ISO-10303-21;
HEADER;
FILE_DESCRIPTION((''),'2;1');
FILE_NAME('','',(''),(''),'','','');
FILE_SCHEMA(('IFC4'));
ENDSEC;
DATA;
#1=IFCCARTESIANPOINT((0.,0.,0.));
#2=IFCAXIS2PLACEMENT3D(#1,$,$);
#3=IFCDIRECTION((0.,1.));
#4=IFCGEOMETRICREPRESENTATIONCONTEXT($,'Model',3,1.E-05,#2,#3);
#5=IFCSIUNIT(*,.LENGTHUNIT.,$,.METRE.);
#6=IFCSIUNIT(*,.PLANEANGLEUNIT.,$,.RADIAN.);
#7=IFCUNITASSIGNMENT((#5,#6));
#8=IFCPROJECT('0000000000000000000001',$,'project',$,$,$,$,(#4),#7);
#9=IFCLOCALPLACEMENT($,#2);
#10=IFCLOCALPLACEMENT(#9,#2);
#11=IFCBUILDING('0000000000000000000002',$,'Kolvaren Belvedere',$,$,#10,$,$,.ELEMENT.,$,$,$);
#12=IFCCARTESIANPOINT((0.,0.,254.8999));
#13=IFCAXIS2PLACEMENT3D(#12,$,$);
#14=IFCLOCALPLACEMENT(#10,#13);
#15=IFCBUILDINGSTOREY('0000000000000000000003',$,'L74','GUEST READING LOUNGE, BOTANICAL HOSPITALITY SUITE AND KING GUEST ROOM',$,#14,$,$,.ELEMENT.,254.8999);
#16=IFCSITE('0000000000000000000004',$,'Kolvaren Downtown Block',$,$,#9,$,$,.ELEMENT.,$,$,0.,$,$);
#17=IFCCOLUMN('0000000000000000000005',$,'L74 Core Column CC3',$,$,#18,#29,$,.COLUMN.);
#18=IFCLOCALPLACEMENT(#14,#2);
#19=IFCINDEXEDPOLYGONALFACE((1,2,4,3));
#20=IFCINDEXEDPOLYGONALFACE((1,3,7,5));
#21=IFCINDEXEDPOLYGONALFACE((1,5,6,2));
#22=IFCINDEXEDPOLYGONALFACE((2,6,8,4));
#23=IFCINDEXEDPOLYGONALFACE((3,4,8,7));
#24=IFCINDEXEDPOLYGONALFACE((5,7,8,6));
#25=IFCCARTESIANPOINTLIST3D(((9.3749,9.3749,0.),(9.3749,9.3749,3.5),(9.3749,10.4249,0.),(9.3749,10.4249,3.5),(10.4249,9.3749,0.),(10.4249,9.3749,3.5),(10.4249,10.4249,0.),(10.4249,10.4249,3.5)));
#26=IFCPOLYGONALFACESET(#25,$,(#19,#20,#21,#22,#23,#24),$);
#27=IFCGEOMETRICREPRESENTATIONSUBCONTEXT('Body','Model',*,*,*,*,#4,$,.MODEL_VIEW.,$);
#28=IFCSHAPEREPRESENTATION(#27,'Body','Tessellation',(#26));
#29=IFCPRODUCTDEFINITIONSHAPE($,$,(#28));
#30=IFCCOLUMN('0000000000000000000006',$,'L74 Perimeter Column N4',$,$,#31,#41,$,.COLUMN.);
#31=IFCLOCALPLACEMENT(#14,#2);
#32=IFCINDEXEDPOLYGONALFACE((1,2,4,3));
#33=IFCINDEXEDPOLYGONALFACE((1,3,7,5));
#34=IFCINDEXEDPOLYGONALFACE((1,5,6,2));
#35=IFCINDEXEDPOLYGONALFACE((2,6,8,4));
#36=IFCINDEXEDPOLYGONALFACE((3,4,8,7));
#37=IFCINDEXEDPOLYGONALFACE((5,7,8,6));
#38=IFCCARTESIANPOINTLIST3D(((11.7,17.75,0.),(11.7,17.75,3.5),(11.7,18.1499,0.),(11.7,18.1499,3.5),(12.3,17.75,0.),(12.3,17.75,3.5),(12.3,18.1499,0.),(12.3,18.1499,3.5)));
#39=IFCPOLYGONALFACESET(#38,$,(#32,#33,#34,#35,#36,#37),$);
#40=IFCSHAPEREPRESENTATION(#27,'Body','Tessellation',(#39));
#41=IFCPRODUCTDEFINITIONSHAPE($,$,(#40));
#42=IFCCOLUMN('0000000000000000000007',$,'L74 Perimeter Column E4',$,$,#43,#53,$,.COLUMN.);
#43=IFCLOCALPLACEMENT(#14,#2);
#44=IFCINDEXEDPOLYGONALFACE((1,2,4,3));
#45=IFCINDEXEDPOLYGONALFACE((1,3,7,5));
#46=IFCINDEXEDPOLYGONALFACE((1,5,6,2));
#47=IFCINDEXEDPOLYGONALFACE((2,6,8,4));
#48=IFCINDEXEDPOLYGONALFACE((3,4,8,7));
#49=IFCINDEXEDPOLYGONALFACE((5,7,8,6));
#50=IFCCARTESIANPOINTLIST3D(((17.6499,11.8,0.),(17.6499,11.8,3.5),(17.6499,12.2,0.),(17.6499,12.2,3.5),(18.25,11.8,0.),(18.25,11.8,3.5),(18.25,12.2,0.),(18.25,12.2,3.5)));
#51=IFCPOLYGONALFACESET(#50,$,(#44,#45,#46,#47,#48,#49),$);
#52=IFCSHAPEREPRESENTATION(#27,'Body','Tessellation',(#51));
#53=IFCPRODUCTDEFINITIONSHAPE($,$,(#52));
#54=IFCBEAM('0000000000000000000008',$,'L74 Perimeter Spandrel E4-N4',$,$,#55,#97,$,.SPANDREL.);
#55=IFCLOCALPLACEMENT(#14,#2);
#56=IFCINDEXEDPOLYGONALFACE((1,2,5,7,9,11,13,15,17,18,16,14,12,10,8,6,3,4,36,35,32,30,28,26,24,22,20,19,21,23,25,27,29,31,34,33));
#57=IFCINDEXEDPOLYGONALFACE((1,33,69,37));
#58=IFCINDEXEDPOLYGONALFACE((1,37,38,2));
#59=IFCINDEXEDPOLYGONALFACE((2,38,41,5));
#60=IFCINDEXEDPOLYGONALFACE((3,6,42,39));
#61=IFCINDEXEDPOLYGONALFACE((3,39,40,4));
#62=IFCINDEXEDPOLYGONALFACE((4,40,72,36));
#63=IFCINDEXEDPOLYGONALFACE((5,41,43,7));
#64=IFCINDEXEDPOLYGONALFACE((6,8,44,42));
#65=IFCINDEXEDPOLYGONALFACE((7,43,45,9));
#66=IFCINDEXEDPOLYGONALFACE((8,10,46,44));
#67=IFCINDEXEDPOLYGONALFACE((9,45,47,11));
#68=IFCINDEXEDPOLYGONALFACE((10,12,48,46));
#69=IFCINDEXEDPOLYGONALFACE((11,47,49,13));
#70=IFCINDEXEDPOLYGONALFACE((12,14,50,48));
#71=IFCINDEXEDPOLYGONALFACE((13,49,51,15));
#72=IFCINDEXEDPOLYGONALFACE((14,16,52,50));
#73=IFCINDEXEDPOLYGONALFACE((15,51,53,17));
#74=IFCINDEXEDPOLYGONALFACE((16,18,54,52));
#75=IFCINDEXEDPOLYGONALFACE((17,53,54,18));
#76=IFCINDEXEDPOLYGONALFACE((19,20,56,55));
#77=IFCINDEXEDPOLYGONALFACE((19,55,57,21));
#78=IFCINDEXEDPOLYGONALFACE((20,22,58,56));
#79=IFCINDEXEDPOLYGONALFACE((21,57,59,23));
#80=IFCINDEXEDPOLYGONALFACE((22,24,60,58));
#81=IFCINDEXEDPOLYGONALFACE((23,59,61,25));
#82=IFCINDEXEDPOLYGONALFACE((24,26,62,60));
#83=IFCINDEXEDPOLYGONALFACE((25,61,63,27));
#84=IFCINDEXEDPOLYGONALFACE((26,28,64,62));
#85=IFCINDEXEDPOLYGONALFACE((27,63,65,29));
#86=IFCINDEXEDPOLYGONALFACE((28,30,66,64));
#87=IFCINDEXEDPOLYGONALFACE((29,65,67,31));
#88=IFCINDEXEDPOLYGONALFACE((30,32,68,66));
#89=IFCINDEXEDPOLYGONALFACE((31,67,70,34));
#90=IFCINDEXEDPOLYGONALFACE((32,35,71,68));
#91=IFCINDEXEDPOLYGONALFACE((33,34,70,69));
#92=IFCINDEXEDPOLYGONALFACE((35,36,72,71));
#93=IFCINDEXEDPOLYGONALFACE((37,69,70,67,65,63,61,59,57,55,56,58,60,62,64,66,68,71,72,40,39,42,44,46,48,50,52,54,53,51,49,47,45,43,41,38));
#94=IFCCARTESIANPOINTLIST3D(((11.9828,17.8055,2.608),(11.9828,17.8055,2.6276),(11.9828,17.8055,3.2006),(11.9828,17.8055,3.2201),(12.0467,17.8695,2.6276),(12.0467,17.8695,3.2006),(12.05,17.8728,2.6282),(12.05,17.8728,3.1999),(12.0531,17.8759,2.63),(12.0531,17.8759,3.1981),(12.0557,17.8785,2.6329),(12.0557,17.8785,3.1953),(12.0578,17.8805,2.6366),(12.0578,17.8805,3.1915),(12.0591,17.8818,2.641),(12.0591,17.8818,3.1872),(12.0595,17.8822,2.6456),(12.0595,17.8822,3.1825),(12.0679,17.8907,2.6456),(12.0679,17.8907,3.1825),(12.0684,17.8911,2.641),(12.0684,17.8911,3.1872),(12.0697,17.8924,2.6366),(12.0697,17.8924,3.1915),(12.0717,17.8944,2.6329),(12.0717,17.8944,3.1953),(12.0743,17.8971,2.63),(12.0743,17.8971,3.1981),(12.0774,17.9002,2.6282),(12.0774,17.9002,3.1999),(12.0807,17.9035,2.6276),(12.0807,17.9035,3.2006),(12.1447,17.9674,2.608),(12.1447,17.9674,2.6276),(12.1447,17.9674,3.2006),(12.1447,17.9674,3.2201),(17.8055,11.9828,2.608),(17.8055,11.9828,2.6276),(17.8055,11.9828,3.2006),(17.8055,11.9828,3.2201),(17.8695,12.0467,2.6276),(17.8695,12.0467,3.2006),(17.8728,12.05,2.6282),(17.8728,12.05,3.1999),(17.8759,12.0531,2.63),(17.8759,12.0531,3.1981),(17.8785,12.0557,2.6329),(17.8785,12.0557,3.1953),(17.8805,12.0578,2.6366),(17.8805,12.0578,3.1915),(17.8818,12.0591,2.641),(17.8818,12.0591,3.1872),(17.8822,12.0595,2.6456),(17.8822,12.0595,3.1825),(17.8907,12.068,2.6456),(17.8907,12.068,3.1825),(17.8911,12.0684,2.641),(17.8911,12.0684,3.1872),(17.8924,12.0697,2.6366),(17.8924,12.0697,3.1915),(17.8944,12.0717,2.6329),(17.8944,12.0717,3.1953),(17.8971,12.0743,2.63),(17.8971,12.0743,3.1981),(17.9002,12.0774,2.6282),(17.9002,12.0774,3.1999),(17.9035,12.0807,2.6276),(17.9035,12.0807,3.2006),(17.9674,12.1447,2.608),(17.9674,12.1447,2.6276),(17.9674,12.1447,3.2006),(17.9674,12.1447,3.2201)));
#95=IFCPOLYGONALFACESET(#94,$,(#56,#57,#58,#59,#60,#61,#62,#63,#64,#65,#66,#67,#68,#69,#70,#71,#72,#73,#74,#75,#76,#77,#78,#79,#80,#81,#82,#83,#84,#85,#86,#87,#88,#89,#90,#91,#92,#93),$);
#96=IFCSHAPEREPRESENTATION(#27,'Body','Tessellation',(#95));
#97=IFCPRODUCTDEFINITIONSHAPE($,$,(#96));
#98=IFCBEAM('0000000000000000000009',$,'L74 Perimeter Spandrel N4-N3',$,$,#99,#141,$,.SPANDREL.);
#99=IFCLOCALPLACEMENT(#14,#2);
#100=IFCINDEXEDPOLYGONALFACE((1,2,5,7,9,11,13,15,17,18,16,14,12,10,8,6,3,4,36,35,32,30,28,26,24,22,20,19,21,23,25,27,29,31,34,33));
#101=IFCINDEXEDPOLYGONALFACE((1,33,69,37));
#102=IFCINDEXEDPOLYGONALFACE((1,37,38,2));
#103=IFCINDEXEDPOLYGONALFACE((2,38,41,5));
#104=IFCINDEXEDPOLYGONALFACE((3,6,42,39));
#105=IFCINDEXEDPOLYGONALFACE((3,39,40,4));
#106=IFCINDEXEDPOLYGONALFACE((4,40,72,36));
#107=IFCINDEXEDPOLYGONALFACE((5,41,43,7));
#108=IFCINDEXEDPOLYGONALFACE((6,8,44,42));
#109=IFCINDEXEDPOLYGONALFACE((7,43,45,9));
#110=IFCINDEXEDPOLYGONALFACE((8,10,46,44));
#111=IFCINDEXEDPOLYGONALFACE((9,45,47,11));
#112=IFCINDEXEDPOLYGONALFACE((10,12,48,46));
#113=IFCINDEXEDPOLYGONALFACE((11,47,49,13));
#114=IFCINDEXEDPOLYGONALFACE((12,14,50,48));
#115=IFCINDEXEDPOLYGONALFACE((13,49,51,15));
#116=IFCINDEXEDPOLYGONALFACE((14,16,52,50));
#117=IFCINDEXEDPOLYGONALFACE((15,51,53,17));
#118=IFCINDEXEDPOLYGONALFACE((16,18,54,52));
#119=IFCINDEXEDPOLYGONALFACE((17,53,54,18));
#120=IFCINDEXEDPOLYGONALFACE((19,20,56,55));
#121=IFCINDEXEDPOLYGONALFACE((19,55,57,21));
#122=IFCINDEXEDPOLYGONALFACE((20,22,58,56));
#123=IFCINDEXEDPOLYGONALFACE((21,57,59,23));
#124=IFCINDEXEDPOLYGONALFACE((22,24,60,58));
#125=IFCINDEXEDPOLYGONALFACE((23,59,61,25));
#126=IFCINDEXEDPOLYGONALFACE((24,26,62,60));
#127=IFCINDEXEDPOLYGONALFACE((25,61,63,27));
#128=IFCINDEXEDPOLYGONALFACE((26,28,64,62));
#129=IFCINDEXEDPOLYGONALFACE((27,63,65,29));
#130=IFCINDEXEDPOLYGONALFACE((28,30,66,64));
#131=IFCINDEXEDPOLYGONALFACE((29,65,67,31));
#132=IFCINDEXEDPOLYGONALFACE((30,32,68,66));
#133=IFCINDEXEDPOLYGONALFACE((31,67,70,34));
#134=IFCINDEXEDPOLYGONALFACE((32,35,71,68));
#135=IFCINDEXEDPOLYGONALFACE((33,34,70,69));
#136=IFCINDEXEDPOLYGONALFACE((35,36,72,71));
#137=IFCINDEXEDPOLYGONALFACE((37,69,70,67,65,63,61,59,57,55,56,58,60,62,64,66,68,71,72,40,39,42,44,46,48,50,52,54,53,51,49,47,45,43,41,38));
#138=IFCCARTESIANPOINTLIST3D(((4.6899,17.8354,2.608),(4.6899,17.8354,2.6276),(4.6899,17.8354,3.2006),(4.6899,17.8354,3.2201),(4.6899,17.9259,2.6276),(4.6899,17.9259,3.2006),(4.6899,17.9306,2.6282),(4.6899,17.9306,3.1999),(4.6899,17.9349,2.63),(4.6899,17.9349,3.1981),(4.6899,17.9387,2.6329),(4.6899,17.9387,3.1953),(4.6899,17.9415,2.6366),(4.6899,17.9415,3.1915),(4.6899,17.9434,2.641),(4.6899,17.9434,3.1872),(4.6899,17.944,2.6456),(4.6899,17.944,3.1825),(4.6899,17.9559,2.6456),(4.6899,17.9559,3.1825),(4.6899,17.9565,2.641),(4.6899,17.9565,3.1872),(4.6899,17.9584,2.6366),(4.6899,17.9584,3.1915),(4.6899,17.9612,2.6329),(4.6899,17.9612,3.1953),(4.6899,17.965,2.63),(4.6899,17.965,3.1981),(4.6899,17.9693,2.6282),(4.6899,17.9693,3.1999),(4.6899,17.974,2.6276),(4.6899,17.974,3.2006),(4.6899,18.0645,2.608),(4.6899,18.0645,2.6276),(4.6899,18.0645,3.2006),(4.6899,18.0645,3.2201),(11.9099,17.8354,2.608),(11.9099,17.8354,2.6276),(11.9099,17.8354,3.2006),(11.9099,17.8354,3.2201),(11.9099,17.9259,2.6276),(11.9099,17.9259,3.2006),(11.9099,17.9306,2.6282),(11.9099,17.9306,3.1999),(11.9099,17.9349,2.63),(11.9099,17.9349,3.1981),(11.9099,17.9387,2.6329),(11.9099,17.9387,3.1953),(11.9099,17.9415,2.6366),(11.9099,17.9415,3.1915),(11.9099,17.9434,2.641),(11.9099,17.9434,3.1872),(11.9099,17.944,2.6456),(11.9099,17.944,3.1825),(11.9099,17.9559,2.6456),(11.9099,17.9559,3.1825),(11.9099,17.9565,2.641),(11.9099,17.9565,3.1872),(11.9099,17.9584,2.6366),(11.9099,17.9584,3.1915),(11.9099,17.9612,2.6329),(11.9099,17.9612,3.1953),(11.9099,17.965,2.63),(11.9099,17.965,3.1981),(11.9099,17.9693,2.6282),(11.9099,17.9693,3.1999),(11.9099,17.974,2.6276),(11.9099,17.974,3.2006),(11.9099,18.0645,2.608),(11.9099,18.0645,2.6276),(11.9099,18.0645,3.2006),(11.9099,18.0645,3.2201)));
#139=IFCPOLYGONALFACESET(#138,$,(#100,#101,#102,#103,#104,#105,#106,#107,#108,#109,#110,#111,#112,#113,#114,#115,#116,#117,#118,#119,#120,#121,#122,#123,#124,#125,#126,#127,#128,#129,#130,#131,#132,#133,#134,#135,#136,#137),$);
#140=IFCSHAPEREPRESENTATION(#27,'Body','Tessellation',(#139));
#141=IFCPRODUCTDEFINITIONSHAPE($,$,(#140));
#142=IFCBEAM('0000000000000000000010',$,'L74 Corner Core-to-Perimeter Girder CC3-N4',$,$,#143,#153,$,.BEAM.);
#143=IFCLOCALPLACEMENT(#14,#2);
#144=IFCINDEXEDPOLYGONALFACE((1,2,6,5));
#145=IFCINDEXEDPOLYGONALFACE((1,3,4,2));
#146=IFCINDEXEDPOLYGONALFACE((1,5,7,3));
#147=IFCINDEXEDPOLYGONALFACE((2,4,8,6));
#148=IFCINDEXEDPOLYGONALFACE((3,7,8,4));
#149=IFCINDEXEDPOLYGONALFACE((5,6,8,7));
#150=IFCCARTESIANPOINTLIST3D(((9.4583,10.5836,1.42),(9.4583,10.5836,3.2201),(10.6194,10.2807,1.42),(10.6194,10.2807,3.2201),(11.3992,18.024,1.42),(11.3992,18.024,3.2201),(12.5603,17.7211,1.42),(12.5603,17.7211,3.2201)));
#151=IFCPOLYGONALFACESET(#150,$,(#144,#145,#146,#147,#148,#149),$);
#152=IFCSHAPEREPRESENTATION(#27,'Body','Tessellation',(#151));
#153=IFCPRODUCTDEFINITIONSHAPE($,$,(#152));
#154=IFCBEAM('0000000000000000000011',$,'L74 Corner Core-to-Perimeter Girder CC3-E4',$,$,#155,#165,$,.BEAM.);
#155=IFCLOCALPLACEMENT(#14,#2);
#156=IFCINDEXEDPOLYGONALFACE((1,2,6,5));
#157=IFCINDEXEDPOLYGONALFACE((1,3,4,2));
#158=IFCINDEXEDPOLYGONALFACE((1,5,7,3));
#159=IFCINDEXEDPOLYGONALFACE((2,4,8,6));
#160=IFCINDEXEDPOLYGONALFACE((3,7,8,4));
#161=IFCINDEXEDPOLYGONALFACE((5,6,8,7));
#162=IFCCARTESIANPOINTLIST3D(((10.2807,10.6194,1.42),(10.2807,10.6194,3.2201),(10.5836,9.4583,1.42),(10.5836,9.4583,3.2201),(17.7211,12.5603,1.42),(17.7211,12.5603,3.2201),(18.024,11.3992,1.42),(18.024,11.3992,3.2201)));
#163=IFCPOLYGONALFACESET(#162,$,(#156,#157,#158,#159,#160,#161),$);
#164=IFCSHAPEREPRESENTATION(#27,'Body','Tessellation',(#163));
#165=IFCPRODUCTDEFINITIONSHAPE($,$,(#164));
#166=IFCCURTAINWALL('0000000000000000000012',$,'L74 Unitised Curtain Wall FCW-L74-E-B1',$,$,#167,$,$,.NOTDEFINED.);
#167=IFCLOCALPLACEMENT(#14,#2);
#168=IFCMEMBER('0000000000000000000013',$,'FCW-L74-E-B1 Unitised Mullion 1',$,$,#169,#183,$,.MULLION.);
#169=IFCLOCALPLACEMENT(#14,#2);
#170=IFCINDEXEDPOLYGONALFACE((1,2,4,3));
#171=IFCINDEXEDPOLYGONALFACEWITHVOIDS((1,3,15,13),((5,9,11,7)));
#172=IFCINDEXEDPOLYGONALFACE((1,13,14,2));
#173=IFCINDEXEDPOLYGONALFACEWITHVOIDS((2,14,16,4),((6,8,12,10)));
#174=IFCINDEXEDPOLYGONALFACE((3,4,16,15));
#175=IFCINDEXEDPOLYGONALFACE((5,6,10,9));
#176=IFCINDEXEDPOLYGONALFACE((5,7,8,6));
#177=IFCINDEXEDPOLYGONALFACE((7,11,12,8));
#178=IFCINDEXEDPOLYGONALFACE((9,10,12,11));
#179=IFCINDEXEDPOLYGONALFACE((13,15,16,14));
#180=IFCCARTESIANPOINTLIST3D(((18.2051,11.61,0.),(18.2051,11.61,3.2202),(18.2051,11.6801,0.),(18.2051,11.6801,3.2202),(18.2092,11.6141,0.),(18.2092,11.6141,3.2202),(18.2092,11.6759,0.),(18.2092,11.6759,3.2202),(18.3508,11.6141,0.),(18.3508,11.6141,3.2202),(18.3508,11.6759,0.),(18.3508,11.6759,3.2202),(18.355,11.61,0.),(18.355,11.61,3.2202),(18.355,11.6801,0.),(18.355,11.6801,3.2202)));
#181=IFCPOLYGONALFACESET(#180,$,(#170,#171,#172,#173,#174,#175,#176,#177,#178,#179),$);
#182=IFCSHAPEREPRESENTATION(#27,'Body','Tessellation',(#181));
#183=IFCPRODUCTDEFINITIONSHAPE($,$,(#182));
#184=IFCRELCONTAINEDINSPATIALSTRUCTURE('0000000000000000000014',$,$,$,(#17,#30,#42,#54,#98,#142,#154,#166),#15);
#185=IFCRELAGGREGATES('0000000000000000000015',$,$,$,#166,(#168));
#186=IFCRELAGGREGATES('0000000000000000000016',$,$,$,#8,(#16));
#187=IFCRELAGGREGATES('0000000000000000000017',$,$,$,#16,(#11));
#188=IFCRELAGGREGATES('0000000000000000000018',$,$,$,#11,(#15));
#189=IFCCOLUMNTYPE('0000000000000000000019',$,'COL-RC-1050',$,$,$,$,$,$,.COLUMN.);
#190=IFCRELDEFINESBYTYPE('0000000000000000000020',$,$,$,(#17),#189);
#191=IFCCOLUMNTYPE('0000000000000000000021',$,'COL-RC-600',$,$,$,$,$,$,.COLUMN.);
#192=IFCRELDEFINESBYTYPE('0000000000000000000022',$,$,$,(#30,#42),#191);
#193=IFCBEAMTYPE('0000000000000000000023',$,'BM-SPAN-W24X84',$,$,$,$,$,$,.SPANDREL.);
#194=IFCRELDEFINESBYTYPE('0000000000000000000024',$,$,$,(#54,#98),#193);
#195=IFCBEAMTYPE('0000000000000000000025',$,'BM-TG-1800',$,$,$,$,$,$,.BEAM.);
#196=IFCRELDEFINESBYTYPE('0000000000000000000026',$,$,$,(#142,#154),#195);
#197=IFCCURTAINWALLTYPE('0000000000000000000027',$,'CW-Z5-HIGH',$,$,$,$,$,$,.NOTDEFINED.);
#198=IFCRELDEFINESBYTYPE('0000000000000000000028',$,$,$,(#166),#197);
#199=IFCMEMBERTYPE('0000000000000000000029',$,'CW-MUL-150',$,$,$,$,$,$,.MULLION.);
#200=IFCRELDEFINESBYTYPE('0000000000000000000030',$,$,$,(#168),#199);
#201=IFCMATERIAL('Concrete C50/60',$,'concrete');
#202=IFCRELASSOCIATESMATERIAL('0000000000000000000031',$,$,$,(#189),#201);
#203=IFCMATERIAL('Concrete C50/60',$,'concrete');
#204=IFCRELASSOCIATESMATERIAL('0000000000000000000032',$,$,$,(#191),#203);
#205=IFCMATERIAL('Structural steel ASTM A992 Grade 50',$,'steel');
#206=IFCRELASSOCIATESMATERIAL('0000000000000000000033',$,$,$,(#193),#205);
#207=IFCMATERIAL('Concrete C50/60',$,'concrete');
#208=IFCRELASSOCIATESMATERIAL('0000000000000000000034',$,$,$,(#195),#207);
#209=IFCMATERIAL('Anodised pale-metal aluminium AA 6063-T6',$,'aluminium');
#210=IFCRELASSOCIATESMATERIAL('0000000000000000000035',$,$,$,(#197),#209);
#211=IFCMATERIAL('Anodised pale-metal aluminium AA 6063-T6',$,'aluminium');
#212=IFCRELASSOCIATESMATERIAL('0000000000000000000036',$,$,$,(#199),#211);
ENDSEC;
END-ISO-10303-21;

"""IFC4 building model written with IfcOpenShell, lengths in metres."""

from ifc_helpers import new_model, si_unit, direction, frame, origin, origin_2d, place, context, subcontext, project, spatial, rectangle, hollow_rectangle, i_section, extrude, material, material_profile, profile_set, type_object, element, aggregate, save


model = new_model("IFC4")

# Units and contexts
model_context = context("Model", 3, precision=1e-05, world=origin(), true_north=direction((0.0, 1.0)))
body_context = subcontext(model_context, "Body", "Model", "MODEL_VIEW")
ifc_project = project(units=[si_unit("LENGTHUNIT", "METRE"), si_unit("PLANEANGLEUNIT", "RADIAN")], contexts=[model_context])

# Site, building, storey
site_placement = place(None, origin())
site = spatial("IfcSite", under=ifc_project, at=site_placement, Name="Kolvaren Downtown Block", CompositionType="ELEMENT", RefElevation=0.0)
building_placement = place(site_placement, origin())
building = spatial("IfcBuilding", under=site, at=building_placement, Name="Kolvaren Belvedere", CompositionType="ELEMENT")
storey_placement = place(building_placement, frame((0.0, 0.0, 254.8999)))
storey = spatial("IfcBuildingStorey", under=building, at=storey_placement, Name="L74", Description="GUEST READING LOUNGE, BOTANICAL HOSPITALITY SUITE AND KING GUEST ROOM", CompositionType="ELEMENT", Elevation=254.8999)

# Columns
ifc_material_1 = material(Name="Concrete C50/60", Category="concrete")
ifc_material_profile_1 = material_profile(ifc_material_1, rectangle(XDim=1.05, YDim=1.05, at=origin_2d()), Name="RC 1050X1050")
ifc_profile_set_1 = profile_set([ifc_material_profile_1], Name="Concrete C50/60")
column_type_1 = type_object("IfcColumnType", Name="COL-RC-1050", PredefinedType="COLUMN", material=ifc_profile_set_1)
column_placement = place(storey_placement, frame((9.8999, 9.8999, 0.0), z_axis=(0.0, 0.0, 1.0), x_axis=(1.0, 0.0, 0.0)))
element("IfcColumn", 1, at=column_placement, inside=storey, type_object=column_type_1, Name="L74 Core Column CC3", PredefinedType="COLUMN", context=body_context, shape_type="SweptSolid", body=[
    extrude(rectangle(XDim=1.05, YDim=1.05, at=origin_2d()), origin(), (0.0, 0.0, 1.0), 3.5),
])
ifc_material_2 = material(Name="Concrete C50/60", Category="concrete")
ifc_material_profile_2 = material_profile(ifc_material_2, rectangle(XDim=0.6001, YDim=0.3999, at=origin_2d()), Name="RC 600X400")
ifc_profile_set_2 = profile_set([ifc_material_profile_2], Name="Concrete C50/60")
column_type_2 = type_object("IfcColumnType", Name="COL-RC-600", PredefinedType="COLUMN", material=ifc_profile_set_2)
for number, where, z_axis, x_axis, name in (
    (2, (12.0, 17.95, 0.0), (0.0, 0.0, 1.0), (1.0, 0.0, 0.0), "L74 Perimeter Column N4"),
    (3, (17.95, 12.0, 0.0), (0.0, 0.0, 1.0), (1.0, 0.0, 0.0), "L74 Perimeter Column E4"),
):
    element("IfcColumn", number, at=place(storey_placement, frame(where, z_axis=z_axis, x_axis=x_axis)), inside=storey, type_object=column_type_2, Name=name, PredefinedType="COLUMN", context=body_context, shape_type="SweptSolid", body=[
        extrude(rectangle(XDim=0.6001, YDim=0.3999, at=origin_2d()), origin(), (0.0, 0.0, 1.0), 3.5),
    ])

# Beams
ifc_material_3 = material(Name="Structural steel ASTM A992 Grade 50", Category="steel")
ifc_material_profile_3 = material_profile(ifc_material_3, i_section(OverallWidth=0.229, OverallDepth=0.6121, WebThickness=0.012, FlangeThickness=0.0195, FilletRadius=0.0181, at=origin_2d()), Name="W24X84")
ifc_profile_set_3 = profile_set([ifc_material_profile_3], Name="Structural steel ASTM A992 Grade 50")
beam_type_1 = type_object("IfcBeamType", Name="BM-SPAN-W24X84", PredefinedType="SPANDREL", material=ifc_profile_set_3)
beam_1_placement = place(storey_placement, frame((17.8865, 12.0637, 2.9141), z_axis=(-0.707107, 0.707107, 0.0), x_axis=(-0.707107, -0.707107, 0.0)))
element("IfcBeam", 4, at=beam_1_placement, inside=storey, type_object=beam_type_1, Name="L74 Perimeter Spandrel E4-N4", PredefinedType="SPANDREL", context=body_context, shape_type="SweptSolid", body=[
    extrude(i_section(OverallWidth=0.229, OverallDepth=0.6121, WebThickness=0.012, FlangeThickness=0.0195, FilletRadius=0.0181, at=origin_2d()), origin(), (0.0, 0.0, 1.0), 8.2346),
])
beam_2_placement = place(storey_placement, frame((11.9099, 17.95, 2.9141), z_axis=(-1.0, 0.0, 0.0), x_axis=(0.0, -1.0, 0.0)))
element("IfcBeam", 5, at=beam_2_placement, inside=storey, type_object=beam_type_1, Name="L74 Perimeter Spandrel N4-N3", PredefinedType="SPANDREL", context=body_context, shape_type="SweptSolid", body=[
    extrude(i_section(OverallWidth=0.229, OverallDepth=0.6121, WebThickness=0.012, FlangeThickness=0.0195, FilletRadius=0.0181, at=origin_2d()), origin(), (0.0, 0.0, 1.0), 7.22),
])
ifc_material_4 = material(Name="Concrete C50/60", Category="concrete")
ifc_material_profile_4 = material_profile(ifc_material_4, rectangle(XDim=1.2, YDim=1.8, at=origin_2d()), Name="RC 1200X1800")
ifc_profile_set_4 = profile_set([ifc_material_profile_4], Name="Concrete C50/60")
beam_type_2 = type_object("IfcBeamType", Name="BM-TG-1800", PredefinedType="BEAM", material=ifc_profile_set_4)
for number, where, z_axis, x_axis, name in (
    (6, (10.0388, 10.4321, 2.3201), (0.252414, 0.967619, 0.0), (-0.967619, 0.252414, 0.0), "L74 Corner Core-to-Perimeter Girder CC3-N4"),
    (7, (10.4321, 10.0388, 2.3201), (0.967619, 0.252414, 0.0), (-0.252414, 0.967619, 0.0), "L74 Corner Core-to-Perimeter Girder CC3-E4"),
):
    element("IfcBeam", number, at=place(storey_placement, frame(where, z_axis=z_axis, x_axis=x_axis)), inside=storey, type_object=beam_type_2, Name=name, PredefinedType="BEAM", context=body_context, shape_type="SweptSolid", body=[
        extrude(rectangle(XDim=1.2, YDim=1.8, at=origin_2d()), origin(), (0.0, 0.0, 1.0), 7.6895),
    ])

# Curtain wall, member
ifc_material_5 = material(Name="Anodised pale-metal aluminium AA 6063-T6", Category="aluminium")
curtain_wall_type = type_object("IfcCurtainWallType", Name="CW-Z5-HIGH", PredefinedType="NOTDEFINED", material=ifc_material_5)
curtain_wall_1_placement = place(storey_placement, origin())
curtain_wall_1 = element("IfcCurtainWall", 8, at=curtain_wall_1_placement, inside=storey, type_object=curtain_wall_type, Name="L74 Unitised Curtain Wall FCW-L74-E-B1", PredefinedType="NOTDEFINED")
ifc_material_6 = material(Name="Anodised pale-metal aluminium AA 6063-T6", Category="aluminium")
ifc_material_profile_5 = material_profile(ifc_material_6, hollow_rectangle(XDim=0.0701, YDim=0.1499, WallThickness=0.0042, at=origin_2d()), Name="ALU-MUL-150X70")
ifc_profile_set_5 = profile_set([ifc_material_profile_5], Name="Anodised pale-metal aluminium AA 6063-T6")
member_type_1 = type_object("IfcMemberType", Name="CW-MUL-150", PredefinedType="MULLION", material=ifc_profile_set_5)
member_1_placement = place(storey_placement, frame((18.28, 11.645, 0.0), z_axis=(0.0, 0.0, 1.0), x_axis=(0.0, 1.0, 0.0)))
member_1 = element("IfcMember", 9, at=member_1_placement, type_object=member_type_1, Name="FCW-L74-E-B1 Unitised Mullion 1", PredefinedType="MULLION", context=body_context, shape_type="SweptSolid", body=[
    extrude(hollow_rectangle(XDim=0.0701, YDim=0.1499, WallThickness=0.0042, at=origin_2d()), origin(), (0.0, 0.0, 1.0), 3.2202),
])

aggregate(curtain_wall_1, [member_1])

save(model, "model.ifc")
